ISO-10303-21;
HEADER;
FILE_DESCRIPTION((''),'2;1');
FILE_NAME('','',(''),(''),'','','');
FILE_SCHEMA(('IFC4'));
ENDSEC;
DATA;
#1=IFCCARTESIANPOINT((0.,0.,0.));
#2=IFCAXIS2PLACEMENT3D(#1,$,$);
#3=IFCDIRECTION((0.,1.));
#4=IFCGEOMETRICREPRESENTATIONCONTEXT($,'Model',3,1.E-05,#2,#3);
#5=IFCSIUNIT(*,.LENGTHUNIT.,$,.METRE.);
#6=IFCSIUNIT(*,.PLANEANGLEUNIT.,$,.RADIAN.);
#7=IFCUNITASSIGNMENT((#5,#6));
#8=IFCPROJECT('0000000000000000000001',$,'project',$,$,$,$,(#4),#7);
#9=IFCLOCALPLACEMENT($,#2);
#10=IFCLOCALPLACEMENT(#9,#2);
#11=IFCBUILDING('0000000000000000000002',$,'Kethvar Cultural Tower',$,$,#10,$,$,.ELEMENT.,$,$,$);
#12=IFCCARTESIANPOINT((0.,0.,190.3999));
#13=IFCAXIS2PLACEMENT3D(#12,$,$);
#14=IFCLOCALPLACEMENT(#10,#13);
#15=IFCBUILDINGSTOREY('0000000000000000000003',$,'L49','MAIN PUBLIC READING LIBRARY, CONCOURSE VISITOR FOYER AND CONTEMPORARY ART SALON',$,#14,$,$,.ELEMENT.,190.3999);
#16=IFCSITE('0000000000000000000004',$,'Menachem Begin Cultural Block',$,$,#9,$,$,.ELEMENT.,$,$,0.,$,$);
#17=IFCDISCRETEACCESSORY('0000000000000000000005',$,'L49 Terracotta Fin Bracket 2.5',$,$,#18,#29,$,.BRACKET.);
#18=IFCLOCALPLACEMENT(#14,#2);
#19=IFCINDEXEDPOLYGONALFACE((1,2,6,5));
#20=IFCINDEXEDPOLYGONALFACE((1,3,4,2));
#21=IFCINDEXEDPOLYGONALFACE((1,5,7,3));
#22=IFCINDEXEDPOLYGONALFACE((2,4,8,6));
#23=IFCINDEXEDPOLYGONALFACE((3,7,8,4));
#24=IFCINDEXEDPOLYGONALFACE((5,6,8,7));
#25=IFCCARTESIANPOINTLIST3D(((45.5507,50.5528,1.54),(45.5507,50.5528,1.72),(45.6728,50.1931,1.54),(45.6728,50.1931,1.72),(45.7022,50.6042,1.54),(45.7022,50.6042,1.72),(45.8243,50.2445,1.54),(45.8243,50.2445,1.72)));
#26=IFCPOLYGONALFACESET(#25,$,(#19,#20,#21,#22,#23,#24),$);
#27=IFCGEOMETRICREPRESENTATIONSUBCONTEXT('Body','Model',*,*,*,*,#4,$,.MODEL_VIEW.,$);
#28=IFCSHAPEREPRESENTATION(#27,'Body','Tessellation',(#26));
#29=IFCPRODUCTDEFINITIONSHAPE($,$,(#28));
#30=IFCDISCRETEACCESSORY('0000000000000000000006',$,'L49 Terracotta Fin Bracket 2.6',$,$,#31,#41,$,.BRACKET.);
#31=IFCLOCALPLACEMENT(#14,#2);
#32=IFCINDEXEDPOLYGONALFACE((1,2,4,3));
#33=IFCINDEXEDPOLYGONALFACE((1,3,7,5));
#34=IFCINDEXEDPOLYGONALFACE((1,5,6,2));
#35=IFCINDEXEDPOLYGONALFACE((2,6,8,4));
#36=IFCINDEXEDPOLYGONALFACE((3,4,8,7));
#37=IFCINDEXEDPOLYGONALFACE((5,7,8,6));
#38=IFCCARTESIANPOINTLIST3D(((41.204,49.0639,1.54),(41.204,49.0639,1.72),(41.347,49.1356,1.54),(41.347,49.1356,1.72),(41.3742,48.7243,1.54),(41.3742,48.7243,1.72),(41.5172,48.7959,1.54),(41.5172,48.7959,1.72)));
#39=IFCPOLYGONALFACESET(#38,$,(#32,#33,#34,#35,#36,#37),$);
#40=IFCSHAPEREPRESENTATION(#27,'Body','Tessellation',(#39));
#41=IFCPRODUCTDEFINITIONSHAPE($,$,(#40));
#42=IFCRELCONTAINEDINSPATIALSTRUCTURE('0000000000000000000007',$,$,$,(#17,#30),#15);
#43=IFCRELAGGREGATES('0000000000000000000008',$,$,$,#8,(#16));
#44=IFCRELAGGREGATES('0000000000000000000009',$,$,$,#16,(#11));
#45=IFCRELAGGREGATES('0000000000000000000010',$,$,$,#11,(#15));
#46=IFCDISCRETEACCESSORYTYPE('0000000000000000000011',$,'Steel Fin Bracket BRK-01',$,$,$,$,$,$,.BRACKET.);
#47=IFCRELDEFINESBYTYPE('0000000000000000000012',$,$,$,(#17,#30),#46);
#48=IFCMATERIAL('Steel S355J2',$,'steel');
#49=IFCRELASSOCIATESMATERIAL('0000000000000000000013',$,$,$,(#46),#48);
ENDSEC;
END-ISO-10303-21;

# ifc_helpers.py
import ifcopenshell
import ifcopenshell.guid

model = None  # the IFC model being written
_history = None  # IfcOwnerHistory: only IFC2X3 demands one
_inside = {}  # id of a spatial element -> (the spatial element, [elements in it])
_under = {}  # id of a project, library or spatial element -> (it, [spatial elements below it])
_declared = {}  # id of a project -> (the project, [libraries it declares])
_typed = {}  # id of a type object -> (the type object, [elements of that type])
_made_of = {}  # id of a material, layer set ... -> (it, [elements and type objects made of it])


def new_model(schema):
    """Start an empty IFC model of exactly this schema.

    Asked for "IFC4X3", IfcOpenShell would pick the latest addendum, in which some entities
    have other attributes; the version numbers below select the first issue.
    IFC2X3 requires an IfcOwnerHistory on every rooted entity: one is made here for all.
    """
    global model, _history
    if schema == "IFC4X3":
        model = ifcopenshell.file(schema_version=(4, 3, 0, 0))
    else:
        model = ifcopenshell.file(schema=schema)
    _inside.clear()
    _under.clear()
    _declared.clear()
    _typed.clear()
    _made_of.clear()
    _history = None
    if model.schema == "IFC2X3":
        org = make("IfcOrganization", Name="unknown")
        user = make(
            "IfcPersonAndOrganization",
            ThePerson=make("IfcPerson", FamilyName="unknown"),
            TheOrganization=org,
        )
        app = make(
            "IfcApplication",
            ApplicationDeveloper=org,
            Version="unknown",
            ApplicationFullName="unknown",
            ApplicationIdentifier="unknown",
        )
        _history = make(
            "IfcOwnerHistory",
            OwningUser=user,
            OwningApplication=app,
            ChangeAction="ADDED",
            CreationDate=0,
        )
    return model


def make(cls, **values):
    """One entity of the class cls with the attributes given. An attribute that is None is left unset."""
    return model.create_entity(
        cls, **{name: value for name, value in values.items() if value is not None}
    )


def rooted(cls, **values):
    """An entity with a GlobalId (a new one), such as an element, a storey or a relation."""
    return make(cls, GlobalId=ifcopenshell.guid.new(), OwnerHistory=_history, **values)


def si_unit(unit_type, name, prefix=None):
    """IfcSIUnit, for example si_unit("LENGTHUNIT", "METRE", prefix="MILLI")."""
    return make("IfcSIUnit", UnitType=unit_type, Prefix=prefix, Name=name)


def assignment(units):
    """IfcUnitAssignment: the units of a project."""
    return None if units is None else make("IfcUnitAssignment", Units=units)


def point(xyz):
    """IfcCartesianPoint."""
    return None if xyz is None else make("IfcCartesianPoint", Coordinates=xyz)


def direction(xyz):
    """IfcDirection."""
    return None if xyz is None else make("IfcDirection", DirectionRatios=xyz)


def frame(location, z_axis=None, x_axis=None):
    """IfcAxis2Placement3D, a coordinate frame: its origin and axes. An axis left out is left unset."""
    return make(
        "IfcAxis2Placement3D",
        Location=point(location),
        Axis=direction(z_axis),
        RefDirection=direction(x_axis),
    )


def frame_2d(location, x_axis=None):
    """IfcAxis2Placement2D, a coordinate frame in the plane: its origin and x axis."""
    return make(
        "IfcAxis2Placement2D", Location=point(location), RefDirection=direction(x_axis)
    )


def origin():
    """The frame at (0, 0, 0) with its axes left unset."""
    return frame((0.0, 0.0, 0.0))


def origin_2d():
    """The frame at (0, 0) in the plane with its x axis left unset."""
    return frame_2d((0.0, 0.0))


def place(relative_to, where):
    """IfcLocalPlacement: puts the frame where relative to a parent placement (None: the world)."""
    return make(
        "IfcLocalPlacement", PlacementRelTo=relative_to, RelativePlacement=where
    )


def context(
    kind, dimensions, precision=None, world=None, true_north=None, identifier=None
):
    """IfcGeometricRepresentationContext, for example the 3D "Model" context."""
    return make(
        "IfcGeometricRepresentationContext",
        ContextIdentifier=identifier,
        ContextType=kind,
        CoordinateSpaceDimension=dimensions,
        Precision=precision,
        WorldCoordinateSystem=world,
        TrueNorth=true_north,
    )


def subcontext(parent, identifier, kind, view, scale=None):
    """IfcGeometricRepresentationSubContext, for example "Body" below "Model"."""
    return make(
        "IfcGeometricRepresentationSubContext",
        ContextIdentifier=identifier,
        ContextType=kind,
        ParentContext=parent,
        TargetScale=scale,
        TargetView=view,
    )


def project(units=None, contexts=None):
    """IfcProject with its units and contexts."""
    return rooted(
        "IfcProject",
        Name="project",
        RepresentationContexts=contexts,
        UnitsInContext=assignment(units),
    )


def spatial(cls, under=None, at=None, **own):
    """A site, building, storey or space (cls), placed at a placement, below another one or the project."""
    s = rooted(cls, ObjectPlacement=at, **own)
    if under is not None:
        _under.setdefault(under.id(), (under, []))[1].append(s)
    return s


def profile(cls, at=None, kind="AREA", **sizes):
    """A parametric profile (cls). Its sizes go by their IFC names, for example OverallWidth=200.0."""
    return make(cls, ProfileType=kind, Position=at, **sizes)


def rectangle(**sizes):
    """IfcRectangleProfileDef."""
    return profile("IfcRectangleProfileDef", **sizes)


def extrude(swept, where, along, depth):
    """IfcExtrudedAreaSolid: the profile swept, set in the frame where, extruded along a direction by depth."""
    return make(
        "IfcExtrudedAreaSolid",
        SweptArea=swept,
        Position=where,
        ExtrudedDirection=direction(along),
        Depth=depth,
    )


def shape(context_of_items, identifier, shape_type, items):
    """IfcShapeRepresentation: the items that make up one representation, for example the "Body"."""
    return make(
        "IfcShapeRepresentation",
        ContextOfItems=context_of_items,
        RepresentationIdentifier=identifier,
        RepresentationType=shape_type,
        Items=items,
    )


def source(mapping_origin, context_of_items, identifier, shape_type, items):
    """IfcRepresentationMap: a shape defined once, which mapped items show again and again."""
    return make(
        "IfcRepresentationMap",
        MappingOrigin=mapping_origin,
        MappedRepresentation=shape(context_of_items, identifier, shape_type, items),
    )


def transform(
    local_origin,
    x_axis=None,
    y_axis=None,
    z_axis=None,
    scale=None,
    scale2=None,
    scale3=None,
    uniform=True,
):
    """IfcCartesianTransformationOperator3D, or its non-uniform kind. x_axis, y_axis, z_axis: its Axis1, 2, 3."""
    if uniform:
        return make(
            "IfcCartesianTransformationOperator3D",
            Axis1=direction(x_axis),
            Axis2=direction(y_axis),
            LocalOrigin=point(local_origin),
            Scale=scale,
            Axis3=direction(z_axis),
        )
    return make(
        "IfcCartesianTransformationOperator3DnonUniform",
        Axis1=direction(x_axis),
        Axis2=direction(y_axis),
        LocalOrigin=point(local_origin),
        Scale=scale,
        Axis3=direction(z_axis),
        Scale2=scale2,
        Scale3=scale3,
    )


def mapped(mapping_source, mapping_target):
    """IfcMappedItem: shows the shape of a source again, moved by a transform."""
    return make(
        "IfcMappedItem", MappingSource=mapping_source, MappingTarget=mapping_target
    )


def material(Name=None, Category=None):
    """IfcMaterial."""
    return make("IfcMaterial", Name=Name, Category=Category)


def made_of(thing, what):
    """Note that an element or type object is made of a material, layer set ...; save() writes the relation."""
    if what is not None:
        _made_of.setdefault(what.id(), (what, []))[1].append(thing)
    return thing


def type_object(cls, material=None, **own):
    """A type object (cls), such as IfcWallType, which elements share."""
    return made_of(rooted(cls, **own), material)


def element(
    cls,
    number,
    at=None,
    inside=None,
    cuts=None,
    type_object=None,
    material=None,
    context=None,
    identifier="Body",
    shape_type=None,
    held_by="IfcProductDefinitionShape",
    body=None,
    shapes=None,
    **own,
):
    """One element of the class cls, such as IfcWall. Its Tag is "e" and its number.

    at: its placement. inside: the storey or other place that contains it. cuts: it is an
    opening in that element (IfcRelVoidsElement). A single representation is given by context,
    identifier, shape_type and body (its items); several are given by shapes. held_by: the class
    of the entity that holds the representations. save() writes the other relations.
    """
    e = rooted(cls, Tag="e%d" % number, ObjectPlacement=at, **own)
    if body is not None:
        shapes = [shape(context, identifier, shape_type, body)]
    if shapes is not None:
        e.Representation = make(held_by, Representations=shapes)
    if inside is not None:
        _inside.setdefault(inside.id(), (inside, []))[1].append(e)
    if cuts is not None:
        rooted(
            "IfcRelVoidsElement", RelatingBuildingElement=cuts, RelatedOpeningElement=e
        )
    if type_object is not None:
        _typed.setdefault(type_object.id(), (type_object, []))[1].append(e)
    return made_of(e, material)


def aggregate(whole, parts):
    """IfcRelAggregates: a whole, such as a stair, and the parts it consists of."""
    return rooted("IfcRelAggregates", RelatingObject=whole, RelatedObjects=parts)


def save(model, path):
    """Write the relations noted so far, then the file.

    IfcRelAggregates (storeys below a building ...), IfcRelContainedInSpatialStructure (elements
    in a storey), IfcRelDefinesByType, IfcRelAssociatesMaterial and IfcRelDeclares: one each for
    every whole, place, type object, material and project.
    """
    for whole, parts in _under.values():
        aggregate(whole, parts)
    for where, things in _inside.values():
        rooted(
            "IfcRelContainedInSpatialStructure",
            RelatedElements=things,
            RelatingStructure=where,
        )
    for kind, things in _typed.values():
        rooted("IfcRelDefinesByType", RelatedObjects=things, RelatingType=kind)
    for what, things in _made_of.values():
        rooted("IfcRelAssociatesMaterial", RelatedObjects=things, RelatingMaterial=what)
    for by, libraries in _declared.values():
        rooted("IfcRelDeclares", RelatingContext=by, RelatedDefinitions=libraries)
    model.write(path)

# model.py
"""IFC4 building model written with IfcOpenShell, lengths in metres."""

from ifc_helpers import new_model, si_unit, direction, frame, origin, origin_2d, place, context, subcontext, project, spatial, rectangle, extrude, source, transform, mapped, material, type_object, element, save


model = new_model("IFC4")

# Units and contexts
model_context = context("Model", 3, precision=1e-05, world=origin(), true_north=direction((0.0, 1.0)))
body_context = subcontext(model_context, "Body", "Model", "MODEL_VIEW")
ifc_project = project(units=[si_unit("LENGTHUNIT", "METRE"), si_unit("PLANEANGLEUNIT", "RADIAN")], contexts=[model_context])

# Site, building, storey
site_placement = place(None, origin())
site = spatial("IfcSite", under=ifc_project, at=site_placement, Name="Menachem Begin Cultural Block", CompositionType="ELEMENT", RefElevation=0.0)
building_placement = place(site_placement, origin())
building = spatial("IfcBuilding", under=site, at=building_placement, Name="Kethvar Cultural Tower", CompositionType="ELEMENT")
storey_placement = place(building_placement, frame((0.0, 0.0, 190.3999)))
storey = spatial("IfcBuildingStorey", under=building, at=storey_placement, Name="L49", Description="MAIN PUBLIC READING LIBRARY, CONCOURSE VISITOR FOYER AND CONTEMPORARY ART SALON", CompositionType="ELEMENT", Elevation=190.3999)

# Shared definitions
ifc_material_1 = material(Name="Steel S355J2", Category="steel")

# Discrete accessories
discrete_accessory_type = type_object("IfcDiscreteAccessoryType", Name="Steel Fin Bracket BRK-01", PredefinedType="BRACKET", material=ifc_material_1)
shared_shape_1 = source(origin(), body_context, "Body", "SweptSolid", [
    extrude(rectangle(XDim=0.3799, YDim=0.1599, at=origin_2d()), origin(), (0.0, 0.0, 1.0), 0.1799),
])
for number, where, z_axis, x_axis, name in (
    (1, (45.6875, 50.3987, 1.54), (0.0, 0.0, 1.0), (-0.321439, 0.94693, 0.0), "L49 Terracotta Fin Bracket 2.5"),
    (2, (41.3606, 48.9299, 1.54), (0.0, 0.0, 1.0), (-0.447915, 0.894076, 0.0), "L49 Terracotta Fin Bracket 2.6"),
):
    element("IfcDiscreteAccessory", number, at=place(storey_placement, frame(where, z_axis=z_axis, x_axis=x_axis)), inside=storey, type_object=discrete_accessory_type, Name=name, PredefinedType="BRACKET", context=body_context, shape_type="MappedRepresentation", body=[
        mapped(shared_shape_1, transform((0.0, 0.0, 0.0), scale=1.0)),
    ])

save(model, "model.ifc")
